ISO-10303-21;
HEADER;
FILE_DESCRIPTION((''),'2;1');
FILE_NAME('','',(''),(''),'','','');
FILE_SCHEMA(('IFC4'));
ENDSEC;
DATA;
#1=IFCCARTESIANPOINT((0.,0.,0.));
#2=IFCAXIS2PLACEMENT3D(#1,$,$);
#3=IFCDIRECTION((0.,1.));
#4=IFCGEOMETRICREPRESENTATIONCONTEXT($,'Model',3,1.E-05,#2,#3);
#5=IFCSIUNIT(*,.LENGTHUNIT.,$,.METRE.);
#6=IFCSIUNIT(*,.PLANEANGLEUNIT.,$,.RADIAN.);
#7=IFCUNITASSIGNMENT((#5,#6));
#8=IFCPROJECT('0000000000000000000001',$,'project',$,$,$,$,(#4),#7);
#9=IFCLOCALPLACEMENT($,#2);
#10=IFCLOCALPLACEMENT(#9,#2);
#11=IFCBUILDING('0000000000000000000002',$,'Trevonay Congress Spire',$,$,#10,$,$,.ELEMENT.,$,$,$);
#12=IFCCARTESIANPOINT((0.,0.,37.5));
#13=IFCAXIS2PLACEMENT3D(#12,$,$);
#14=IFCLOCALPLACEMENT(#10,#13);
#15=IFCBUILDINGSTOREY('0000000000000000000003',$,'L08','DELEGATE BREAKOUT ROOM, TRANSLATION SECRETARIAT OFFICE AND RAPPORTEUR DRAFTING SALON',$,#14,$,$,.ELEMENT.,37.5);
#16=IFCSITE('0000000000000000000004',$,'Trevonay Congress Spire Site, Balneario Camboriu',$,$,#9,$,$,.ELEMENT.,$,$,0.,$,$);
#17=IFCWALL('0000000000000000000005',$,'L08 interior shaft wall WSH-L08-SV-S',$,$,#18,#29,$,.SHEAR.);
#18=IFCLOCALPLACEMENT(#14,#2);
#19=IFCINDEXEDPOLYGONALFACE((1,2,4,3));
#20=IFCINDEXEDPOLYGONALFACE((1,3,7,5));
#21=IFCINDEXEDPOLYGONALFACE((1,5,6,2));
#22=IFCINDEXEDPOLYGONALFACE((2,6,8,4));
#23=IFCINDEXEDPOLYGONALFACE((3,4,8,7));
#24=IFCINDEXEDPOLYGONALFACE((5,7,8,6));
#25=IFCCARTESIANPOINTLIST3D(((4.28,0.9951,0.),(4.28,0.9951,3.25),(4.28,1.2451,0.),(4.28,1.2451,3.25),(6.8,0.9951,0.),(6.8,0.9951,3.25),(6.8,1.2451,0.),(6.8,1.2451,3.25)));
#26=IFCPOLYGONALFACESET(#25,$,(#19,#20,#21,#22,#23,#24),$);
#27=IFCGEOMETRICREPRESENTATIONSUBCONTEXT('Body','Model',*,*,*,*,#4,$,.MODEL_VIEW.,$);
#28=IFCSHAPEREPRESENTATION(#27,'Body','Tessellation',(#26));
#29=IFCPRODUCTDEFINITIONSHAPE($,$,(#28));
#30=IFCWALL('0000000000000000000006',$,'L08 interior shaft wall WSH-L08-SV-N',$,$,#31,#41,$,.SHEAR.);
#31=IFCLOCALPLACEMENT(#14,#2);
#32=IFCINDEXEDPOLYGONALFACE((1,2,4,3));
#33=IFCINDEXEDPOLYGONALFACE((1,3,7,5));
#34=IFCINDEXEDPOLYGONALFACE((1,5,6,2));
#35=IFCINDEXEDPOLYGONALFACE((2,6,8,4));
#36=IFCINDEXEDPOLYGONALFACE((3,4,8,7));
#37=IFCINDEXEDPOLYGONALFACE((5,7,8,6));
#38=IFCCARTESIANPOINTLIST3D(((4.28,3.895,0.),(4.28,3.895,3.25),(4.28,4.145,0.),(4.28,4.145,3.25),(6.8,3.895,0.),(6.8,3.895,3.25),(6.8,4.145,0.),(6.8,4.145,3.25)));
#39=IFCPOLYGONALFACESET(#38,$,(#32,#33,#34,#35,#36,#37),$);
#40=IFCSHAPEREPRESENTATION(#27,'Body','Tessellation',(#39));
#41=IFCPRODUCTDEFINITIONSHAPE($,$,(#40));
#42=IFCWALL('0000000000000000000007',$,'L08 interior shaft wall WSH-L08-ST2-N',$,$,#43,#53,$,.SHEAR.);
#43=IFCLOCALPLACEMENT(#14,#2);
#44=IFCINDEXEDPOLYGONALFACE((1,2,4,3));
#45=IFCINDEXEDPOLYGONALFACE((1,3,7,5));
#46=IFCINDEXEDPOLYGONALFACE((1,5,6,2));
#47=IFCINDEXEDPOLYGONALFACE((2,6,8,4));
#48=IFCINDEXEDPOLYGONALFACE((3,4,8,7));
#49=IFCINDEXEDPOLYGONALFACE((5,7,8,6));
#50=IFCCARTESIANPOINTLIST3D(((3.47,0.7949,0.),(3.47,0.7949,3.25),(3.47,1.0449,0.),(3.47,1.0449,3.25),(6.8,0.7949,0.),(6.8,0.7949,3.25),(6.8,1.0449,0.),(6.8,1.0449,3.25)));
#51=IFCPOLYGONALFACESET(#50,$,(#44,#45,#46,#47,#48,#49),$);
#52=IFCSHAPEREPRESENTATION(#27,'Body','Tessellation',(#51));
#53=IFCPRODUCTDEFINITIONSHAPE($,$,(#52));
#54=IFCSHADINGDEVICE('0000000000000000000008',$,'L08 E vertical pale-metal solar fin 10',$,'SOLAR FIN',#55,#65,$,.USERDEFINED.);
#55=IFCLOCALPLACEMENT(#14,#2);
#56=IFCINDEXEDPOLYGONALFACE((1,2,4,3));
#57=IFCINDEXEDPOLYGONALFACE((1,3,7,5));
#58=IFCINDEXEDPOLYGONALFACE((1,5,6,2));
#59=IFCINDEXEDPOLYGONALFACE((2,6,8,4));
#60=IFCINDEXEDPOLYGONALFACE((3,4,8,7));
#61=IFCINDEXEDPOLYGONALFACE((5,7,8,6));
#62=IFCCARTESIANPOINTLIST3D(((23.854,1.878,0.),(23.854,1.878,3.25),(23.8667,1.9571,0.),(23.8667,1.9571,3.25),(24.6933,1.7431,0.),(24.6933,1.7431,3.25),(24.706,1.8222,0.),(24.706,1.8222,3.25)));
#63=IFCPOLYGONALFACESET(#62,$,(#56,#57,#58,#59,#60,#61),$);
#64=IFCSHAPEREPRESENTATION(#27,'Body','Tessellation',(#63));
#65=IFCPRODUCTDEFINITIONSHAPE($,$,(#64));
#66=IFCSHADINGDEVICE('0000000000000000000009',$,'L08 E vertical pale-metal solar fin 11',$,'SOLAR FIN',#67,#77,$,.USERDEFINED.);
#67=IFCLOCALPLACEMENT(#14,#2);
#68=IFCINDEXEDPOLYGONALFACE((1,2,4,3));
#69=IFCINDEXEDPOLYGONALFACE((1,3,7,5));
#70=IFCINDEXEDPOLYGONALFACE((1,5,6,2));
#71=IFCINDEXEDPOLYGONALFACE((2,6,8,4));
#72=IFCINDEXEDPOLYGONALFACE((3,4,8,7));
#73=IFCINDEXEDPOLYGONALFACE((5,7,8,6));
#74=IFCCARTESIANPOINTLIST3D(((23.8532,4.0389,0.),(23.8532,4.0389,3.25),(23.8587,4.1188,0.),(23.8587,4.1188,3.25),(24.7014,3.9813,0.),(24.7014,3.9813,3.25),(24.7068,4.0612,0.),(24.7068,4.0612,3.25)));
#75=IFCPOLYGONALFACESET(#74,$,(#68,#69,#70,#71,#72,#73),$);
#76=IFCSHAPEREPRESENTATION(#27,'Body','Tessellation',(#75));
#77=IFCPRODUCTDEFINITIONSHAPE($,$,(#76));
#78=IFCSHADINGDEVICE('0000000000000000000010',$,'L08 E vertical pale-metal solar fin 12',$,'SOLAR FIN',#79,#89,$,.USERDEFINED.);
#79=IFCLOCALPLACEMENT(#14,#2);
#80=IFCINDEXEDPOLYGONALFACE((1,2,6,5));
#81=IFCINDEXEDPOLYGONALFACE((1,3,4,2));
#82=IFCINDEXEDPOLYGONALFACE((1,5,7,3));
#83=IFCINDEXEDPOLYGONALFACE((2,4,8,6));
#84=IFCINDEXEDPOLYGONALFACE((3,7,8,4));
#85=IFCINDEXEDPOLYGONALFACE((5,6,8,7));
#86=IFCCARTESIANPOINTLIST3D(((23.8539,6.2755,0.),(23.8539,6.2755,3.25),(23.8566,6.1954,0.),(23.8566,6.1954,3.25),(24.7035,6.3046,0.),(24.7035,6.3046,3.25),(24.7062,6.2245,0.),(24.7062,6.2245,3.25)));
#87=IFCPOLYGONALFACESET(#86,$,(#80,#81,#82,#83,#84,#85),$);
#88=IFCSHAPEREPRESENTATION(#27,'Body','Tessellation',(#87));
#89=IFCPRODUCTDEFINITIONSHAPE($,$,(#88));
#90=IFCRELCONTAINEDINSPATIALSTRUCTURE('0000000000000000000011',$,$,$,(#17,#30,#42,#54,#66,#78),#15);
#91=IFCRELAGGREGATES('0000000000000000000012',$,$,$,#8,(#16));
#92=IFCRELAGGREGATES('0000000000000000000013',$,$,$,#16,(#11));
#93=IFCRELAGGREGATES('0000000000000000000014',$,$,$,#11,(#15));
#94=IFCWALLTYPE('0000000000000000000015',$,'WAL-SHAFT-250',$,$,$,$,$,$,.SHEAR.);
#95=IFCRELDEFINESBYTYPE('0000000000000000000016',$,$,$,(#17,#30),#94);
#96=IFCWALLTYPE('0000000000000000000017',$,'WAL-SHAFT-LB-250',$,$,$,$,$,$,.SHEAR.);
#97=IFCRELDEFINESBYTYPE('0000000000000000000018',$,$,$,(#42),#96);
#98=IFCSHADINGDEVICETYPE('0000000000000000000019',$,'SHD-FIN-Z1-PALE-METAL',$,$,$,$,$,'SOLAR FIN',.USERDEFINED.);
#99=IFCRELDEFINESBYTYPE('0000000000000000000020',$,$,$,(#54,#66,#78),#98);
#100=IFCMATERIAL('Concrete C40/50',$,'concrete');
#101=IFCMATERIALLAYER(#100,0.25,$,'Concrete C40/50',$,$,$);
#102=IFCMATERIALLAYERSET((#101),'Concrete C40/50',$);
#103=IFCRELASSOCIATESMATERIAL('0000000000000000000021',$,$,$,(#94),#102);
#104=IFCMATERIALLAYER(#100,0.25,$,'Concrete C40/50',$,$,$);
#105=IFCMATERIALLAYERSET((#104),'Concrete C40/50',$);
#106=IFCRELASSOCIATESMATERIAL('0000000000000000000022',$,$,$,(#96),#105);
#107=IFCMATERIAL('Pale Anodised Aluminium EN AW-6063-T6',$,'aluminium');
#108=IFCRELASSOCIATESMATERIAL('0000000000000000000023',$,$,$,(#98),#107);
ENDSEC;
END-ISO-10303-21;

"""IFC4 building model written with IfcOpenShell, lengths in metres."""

from ifc_helpers import new_model, si_unit, direction, frame, frame_2d, origin, origin_2d, place, context, subcontext, project, spatial, rectangle, extrude, material, layer, layer_set, type_object, element, save


model = new_model("IFC4")

# Units and contexts
model_context = context("Model", 3, precision=1e-05, world=origin(), true_north=direction((0.0, 1.0)))
body_context = subcontext(model_context, "Body", "Model", "MODEL_VIEW")
ifc_project = project(units=[si_unit("LENGTHUNIT", "METRE"), si_unit("PLANEANGLEUNIT", "RADIAN")], contexts=[model_context])

# Site, building, storey
site_placement = place(None, origin())
site = spatial("IfcSite", under=ifc_project, at=site_placement, Name="Trevonay Congress Spire Site, Balneario Camboriu", CompositionType="ELEMENT", RefElevation=0.0)
building_placement = place(site_placement, origin())
building = spatial("IfcBuilding", under=site, at=building_placement, Name="Trevonay Congress Spire", CompositionType="ELEMENT")
storey_placement = place(building_placement, frame((0.0, 0.0, 37.5)))
storey = spatial("IfcBuildingStorey", under=building, at=storey_placement, Name="L08", Description="DELEGATE BREAKOUT ROOM, TRANSLATION SECRETARIAT OFFICE AND RAPPORTEUR DRAFTING SALON", CompositionType="ELEMENT", Elevation=37.5)

# Shared definitions
ifc_material_1 = material(Name="Pale Anodised Aluminium EN AW-6063-T6", Category="aluminium")

# Shared definitions
ifc_material_2 = material(Name="Concrete C40/50", Category="concrete")

# Shared definitions
ifc_layer_1 = layer(ifc_material_2, 0.25, Name="Concrete C40/50")
ifc_layer_set_1 = layer_set([ifc_layer_1], Name="Concrete C40/50")
wall_type_1 = type_object("IfcWallType", Name="WAL-SHAFT-250", PredefinedType="SHEAR", material=ifc_layer_set_1)

# Walls
for number, where, z_axis, x_axis, name in (
    (1, (4.28, 1.1201, 0.0), (0.0, 0.0, 1.0), (1.0, 0.0, 0.0), "L08 interior shaft wall WSH-L08-SV-S"),
    (2, (4.28, 4.02, 0.0), (0.0, 0.0, 1.0), (1.0, 0.0, 0.0), "L08 interior shaft wall WSH-L08-SV-N"),
):
    element("IfcWall", number, at=place(storey_placement, frame(where, z_axis=z_axis, x_axis=x_axis)), inside=storey, type_object=wall_type_1, Name=name, PredefinedType="SHEAR", context=body_context, shape_type="SweptSolid", body=[
        extrude(rectangle(XDim=2.52, YDim=0.25, at=frame_2d((1.26, 0.0))), origin(), (0.0, 0.0, 1.0), 3.25),
    ])
ifc_layer_2 = layer(ifc_material_2, 0.25, Name="Concrete C40/50")
ifc_layer_set_2 = layer_set([ifc_layer_2], Name="Concrete C40/50")
wall_type_2 = type_object("IfcWallType", Name="WAL-SHAFT-LB-250", PredefinedType="SHEAR", material=ifc_layer_set_2)
wall_1_placement = place(storey_placement, frame((3.47, 0.9199, 0.0), z_axis=(0.0, 0.0, 1.0), x_axis=(1.0, 0.0, 0.0)))
element("IfcWall", 3, at=wall_1_placement, inside=storey, type_object=wall_type_2, Name="L08 interior shaft wall WSH-L08-ST2-N", PredefinedType="SHEAR", context=body_context, shape_type="SweptSolid", body=[
    extrude(rectangle(XDim=3.3301, YDim=0.25, at=frame_2d((1.665, 0.0))), origin(), (0.0, 0.0, 1.0), 3.25),
])

# Shading devices
shading_device_type = type_object("IfcShadingDeviceType", Name="SHD-FIN-Z1-PALE-METAL", ElementType="SOLAR FIN", PredefinedType="USERDEFINED", material=ifc_material_1)
for number, where, z_axis, x_axis, name in (
    (4, (24.28, 1.8501, 0.0), (0.0, 0.0, 1.0), (0.158675, 0.987331, 0.0), "L08 E vertical pale-metal solar fin 10"),
    (5, (24.28, 4.05, 0.0), (0.0, 0.0, 1.0), (0.067667, 0.997708, 0.0), "L08 E vertical pale-metal solar fin 11"),
    (6, (24.28, 6.25, 0.0), (0.0, 0.0, 1.0), (-0.034202, 0.999415, 0.0), "L08 E vertical pale-metal solar fin 12"),
):
    element("IfcShadingDevice", number, at=place(storey_placement, frame(where, z_axis=z_axis, x_axis=x_axis)), inside=storey, type_object=shading_device_type, Name=name, ObjectType="SOLAR FIN", PredefinedType="USERDEFINED", context=body_context, shape_type="SweptSolid", body=[
        extrude(rectangle(XDim=0.0801, YDim=0.8501, at=origin_2d()), origin(), (0.0, 0.0, 1.0), 3.25),
    ])

save(model, "model.ifc")
